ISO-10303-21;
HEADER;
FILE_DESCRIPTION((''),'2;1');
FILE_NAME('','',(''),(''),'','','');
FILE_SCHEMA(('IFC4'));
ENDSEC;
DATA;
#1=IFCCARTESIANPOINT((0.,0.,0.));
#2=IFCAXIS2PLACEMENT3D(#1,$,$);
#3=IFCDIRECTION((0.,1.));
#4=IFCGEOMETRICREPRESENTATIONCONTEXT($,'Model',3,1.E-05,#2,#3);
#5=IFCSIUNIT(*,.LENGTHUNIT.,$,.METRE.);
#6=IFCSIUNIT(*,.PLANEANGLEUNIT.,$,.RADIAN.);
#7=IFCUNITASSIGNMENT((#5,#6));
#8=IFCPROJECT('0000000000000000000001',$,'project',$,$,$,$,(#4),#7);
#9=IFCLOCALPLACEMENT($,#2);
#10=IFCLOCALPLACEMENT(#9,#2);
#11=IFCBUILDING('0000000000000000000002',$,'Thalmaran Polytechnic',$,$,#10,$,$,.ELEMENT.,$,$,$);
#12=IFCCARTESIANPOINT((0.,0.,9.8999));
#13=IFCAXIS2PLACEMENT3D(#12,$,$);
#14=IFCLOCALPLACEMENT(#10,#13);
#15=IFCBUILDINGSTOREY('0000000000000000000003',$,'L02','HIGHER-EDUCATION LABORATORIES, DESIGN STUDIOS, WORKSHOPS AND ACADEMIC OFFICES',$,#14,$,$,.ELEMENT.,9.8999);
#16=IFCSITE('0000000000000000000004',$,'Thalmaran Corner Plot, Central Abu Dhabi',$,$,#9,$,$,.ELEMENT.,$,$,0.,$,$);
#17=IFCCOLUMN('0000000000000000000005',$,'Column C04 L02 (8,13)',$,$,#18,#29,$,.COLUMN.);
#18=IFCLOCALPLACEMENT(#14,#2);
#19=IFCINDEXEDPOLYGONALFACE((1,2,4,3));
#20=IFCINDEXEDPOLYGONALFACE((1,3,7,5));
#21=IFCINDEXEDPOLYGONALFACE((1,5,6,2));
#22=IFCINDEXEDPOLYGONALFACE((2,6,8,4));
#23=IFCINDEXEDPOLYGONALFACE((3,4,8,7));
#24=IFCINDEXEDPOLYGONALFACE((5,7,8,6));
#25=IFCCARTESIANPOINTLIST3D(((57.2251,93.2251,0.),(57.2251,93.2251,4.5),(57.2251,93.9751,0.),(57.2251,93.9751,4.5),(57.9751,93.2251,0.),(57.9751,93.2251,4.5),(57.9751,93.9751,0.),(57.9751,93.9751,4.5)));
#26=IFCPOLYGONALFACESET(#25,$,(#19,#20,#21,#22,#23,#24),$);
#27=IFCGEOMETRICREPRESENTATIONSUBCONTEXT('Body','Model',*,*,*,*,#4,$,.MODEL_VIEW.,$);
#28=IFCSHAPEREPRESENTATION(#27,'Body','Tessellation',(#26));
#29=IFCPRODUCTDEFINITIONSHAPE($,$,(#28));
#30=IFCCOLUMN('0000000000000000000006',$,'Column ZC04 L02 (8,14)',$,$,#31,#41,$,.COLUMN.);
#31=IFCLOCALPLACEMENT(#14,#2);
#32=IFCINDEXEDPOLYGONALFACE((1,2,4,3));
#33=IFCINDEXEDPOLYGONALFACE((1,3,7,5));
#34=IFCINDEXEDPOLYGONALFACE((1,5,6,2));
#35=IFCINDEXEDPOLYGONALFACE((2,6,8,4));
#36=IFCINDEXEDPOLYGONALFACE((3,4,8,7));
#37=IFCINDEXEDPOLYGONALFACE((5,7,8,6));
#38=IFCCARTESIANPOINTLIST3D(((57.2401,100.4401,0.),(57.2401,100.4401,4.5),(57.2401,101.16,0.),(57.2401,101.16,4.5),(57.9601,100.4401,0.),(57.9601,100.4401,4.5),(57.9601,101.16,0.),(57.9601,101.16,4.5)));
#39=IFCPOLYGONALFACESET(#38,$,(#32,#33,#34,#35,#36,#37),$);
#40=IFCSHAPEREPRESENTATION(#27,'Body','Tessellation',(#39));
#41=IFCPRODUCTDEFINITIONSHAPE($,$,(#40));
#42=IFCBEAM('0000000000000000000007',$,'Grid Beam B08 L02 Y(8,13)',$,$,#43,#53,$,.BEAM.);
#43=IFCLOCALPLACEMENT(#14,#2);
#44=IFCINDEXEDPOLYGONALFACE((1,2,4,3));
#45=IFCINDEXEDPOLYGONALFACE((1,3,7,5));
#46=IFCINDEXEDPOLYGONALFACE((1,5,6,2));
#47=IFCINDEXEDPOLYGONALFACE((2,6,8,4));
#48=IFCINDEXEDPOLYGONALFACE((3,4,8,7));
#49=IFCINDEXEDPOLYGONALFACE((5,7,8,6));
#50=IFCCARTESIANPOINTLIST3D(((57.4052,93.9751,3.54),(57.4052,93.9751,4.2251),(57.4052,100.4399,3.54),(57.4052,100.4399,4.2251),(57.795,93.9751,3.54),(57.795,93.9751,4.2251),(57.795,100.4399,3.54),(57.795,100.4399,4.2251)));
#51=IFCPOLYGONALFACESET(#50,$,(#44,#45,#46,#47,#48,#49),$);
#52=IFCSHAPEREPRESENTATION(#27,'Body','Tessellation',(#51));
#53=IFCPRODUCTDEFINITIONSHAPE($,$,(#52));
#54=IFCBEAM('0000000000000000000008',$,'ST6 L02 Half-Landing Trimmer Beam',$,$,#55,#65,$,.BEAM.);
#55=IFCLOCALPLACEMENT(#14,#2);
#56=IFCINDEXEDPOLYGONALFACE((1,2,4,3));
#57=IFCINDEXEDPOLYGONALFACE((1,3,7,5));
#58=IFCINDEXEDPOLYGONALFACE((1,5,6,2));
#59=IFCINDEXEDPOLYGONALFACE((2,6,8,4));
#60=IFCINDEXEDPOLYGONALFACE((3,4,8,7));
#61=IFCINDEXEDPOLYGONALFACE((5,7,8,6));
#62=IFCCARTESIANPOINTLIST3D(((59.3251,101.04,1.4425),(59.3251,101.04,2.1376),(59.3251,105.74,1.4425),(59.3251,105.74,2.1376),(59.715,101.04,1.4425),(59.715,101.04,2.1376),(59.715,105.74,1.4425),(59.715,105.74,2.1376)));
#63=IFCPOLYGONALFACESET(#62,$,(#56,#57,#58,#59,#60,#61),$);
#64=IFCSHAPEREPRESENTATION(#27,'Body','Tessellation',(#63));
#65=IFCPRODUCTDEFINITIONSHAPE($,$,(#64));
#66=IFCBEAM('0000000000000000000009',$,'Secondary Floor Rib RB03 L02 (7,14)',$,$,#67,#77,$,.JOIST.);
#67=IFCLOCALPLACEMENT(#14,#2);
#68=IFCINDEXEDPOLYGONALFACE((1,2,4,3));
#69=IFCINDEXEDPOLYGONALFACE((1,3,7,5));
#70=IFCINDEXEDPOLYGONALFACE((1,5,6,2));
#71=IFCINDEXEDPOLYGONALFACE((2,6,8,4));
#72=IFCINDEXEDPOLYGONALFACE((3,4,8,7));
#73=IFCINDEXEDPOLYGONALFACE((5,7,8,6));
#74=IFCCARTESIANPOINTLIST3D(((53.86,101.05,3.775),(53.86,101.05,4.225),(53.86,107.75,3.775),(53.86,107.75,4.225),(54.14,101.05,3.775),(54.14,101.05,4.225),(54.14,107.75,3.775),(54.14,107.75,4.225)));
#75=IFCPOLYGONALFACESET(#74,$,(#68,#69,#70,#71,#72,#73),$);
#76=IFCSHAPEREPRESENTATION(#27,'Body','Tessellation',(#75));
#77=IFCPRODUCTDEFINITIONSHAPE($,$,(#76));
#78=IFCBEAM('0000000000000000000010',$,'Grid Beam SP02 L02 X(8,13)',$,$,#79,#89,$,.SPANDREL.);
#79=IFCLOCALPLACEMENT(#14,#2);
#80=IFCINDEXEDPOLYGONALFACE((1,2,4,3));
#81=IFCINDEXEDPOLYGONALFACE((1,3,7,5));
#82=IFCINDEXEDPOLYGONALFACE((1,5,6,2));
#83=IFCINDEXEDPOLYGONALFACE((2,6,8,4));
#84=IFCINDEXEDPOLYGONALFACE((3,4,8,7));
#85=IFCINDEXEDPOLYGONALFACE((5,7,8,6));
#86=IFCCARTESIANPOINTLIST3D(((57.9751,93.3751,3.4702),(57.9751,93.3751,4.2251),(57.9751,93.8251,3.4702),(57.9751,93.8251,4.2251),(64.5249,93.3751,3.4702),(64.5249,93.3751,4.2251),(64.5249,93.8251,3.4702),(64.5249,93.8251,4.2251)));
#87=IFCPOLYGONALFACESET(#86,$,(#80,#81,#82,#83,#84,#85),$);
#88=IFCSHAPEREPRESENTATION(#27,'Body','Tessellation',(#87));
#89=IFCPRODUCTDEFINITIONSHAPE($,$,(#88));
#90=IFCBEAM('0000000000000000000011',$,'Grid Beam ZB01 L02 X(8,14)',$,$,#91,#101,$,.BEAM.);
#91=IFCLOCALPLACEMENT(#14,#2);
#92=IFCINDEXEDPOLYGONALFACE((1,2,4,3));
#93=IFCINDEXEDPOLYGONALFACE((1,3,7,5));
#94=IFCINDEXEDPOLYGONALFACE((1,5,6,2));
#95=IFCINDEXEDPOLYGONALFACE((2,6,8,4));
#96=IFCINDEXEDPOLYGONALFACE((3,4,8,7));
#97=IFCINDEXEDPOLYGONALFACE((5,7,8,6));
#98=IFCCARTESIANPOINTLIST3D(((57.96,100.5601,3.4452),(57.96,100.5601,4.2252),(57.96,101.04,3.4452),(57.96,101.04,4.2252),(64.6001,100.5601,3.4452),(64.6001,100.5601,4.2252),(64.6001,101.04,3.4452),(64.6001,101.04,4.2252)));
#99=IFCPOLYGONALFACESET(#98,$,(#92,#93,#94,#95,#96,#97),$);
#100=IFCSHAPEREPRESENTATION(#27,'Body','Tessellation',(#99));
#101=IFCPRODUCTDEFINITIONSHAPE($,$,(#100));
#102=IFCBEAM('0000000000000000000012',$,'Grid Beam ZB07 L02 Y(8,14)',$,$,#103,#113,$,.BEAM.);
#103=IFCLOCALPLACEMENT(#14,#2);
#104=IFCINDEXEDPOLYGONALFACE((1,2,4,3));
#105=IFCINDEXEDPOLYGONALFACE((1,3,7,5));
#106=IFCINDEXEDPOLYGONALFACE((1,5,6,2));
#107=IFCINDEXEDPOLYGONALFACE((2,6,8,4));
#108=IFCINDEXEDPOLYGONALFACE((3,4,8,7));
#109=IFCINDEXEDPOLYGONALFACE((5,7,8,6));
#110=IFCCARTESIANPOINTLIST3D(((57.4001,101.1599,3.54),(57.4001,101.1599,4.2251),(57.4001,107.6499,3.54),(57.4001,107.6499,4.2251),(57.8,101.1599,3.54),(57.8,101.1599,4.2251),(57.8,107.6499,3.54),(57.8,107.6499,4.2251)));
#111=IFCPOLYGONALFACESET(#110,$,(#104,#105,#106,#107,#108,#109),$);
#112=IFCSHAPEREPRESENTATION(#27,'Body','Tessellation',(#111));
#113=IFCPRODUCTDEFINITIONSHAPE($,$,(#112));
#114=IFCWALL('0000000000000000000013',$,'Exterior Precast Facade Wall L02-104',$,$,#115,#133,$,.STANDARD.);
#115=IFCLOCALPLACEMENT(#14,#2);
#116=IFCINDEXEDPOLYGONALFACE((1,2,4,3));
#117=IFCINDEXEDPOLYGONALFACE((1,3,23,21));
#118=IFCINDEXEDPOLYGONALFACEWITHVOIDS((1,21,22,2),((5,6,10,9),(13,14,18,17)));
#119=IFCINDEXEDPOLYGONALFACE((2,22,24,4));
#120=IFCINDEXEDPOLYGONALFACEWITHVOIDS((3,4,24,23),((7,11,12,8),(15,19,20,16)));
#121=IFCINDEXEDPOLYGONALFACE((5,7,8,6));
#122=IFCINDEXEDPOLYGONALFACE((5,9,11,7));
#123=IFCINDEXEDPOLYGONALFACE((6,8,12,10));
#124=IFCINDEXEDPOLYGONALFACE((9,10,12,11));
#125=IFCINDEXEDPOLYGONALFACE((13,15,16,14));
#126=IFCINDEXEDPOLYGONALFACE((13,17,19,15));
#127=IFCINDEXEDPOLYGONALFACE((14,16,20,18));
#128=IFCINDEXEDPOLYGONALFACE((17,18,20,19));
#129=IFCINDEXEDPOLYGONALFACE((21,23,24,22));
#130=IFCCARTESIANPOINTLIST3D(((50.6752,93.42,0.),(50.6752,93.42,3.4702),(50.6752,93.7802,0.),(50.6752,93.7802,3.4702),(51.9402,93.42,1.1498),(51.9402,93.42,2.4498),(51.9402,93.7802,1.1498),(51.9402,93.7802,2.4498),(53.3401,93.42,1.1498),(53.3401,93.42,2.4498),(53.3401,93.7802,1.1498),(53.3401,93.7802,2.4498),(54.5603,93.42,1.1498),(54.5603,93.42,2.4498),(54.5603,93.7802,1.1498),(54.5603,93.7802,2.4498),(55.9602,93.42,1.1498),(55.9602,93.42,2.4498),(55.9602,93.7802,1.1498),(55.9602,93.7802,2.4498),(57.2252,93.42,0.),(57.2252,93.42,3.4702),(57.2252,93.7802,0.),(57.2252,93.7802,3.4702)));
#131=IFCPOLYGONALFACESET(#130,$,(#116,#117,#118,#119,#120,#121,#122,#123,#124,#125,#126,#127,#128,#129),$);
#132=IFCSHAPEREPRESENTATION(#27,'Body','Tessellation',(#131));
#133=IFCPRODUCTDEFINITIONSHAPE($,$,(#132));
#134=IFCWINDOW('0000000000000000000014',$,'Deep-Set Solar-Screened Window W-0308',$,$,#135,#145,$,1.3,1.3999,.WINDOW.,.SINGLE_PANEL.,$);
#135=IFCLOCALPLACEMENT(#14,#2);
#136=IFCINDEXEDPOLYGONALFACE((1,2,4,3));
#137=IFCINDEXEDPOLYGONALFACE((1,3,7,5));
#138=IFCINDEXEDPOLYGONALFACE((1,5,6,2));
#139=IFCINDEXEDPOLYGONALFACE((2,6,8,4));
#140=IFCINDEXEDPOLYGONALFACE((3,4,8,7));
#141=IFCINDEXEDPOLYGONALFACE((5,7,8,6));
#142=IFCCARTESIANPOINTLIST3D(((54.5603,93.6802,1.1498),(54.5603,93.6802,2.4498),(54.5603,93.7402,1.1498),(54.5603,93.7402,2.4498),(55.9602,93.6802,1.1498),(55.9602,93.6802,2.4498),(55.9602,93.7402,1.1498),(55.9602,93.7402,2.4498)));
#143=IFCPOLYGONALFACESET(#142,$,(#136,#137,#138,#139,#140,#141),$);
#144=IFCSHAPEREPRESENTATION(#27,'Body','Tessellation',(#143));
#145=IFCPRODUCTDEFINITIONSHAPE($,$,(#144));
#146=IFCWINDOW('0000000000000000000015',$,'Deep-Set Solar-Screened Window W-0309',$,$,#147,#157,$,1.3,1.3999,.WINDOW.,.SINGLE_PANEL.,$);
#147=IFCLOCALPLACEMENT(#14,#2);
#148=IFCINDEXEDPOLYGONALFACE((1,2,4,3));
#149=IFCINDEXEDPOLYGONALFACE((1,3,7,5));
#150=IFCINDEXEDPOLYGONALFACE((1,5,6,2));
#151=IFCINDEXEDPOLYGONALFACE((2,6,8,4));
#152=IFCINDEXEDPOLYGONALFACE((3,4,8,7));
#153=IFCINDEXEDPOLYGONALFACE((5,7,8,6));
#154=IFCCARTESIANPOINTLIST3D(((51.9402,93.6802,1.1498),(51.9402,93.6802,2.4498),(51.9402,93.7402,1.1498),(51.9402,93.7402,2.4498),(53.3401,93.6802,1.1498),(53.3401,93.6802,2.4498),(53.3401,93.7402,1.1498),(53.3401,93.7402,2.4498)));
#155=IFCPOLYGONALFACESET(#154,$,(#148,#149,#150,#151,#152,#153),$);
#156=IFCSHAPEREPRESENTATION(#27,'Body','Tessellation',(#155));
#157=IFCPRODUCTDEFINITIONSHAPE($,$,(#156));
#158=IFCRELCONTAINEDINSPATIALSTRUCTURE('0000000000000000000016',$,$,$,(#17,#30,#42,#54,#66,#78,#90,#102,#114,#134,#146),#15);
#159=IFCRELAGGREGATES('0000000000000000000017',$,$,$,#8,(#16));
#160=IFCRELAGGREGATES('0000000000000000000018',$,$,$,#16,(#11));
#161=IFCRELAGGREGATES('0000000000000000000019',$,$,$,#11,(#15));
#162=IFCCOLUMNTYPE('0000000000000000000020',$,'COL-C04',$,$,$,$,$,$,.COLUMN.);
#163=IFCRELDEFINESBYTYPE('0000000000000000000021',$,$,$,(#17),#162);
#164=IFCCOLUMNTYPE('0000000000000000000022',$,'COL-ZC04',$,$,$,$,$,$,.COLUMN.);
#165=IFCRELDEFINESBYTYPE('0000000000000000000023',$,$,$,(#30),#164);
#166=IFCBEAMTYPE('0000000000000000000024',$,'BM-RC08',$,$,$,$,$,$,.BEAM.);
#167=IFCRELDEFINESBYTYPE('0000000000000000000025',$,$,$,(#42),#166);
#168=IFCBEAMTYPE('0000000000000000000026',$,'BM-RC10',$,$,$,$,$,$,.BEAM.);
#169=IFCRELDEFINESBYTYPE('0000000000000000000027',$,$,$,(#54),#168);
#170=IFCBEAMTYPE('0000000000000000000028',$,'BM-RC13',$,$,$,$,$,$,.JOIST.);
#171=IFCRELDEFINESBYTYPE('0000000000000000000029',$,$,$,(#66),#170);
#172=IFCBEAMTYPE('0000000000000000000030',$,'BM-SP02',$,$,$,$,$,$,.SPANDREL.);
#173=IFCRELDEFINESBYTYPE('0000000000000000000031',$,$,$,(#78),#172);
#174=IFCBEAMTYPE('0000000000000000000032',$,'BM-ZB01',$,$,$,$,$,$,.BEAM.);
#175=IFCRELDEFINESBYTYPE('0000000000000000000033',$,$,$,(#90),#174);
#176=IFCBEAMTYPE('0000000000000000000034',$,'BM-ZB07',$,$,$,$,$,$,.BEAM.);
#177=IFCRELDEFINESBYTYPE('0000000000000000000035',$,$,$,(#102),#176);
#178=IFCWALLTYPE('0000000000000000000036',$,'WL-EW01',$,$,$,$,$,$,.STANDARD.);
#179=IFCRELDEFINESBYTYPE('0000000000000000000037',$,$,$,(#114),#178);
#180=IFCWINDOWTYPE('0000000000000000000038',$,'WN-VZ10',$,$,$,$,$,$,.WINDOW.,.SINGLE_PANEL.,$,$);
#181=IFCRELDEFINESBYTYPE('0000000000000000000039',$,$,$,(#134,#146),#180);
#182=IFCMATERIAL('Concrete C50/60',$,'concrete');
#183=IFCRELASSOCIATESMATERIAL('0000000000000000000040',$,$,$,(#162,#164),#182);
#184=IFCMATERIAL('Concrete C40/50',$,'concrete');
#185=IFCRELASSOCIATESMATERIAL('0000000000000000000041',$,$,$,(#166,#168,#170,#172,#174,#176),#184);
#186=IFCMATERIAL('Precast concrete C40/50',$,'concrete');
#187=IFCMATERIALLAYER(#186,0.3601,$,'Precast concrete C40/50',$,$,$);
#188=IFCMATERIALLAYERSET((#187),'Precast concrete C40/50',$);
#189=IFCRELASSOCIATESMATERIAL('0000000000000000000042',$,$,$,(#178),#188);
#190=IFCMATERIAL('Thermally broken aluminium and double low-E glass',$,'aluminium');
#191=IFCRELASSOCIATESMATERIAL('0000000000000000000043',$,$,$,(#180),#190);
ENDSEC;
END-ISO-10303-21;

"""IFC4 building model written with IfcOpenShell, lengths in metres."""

from ifc_helpers import new_model, si_unit, direction, frame, frame_2d, origin, origin_2d, place, context, subcontext, project, spatial, rectangle, extrude, material, layer, layer_set, material_profile, profile_set, type_object, element, fill, save


model = new_model("IFC4")

# Units and contexts
model_context = context("Model", 3, precision=1e-05, world=origin(), true_north=direction((0.0, 1.0)))
body_context = subcontext(model_context, "Body", "Model", "MODEL_VIEW")
ifc_project = project(units=[si_unit("LENGTHUNIT", "METRE"), si_unit("PLANEANGLEUNIT", "RADIAN")], contexts=[model_context])

# Site, building, storey
site_placement = place(None, origin())
site = spatial("IfcSite", under=ifc_project, at=site_placement, Name="Thalmaran Corner Plot, Central Abu Dhabi", CompositionType="ELEMENT", RefElevation=0.0)
building_placement = place(site_placement, origin())
building = spatial("IfcBuilding", under=site, at=building_placement, Name="Thalmaran Polytechnic", CompositionType="ELEMENT")
storey_placement = place(building_placement, frame((0.0, 0.0, 9.8999)))
storey = spatial("IfcBuildingStorey", under=building, at=storey_placement, Name="L02", Description="HIGHER-EDUCATION LABORATORIES, DESIGN STUDIOS, WORKSHOPS AND ACADEMIC OFFICES", CompositionType="ELEMENT", Elevation=9.8999)

# Columns
ifc_material_1 = material(Name="Concrete C50/60", Category="concrete")
ifc_material_profile_1 = material_profile(ifc_material_1, rectangle(XDim=0.75, YDim=0.75, at=origin_2d()), Name="RC 750x750")
ifc_profile_set_1 = profile_set([ifc_material_profile_1], Name="Concrete C50/60")
column_type_1 = type_object("IfcColumnType", Name="COL-C04", PredefinedType="COLUMN", material=ifc_profile_set_1)
column_1_placement = place(storey_placement, frame((57.6001, 93.6001, 0.0), z_axis=(0.0, 0.0, 1.0), x_axis=(1.0, 0.0, 0.0)))
element("IfcColumn", 1, at=column_1_placement, inside=storey, type_object=column_type_1, Name="Column C04 L02 (8,13)", PredefinedType="COLUMN", context=body_context, shape_type="SweptSolid", body=[
    extrude(rectangle(XDim=0.75, YDim=0.75, at=origin_2d()), origin(), (0.0, 0.0, 1.0), 4.5),
])
ifc_material_profile_2 = material_profile(ifc_material_1, rectangle(XDim=0.72, YDim=0.72, at=origin_2d()), Name="RC 720x720")
ifc_profile_set_2 = profile_set([ifc_material_profile_2], Name="Concrete C50/60")
column_type_2 = type_object("IfcColumnType", Name="COL-ZC04", PredefinedType="COLUMN", material=ifc_profile_set_2)
column_2_placement = place(storey_placement, frame((57.6001, 100.8, 0.0), z_axis=(0.0, 0.0, 1.0), x_axis=(1.0, 0.0, 0.0)))
element("IfcColumn", 2, at=column_2_placement, inside=storey, type_object=column_type_2, Name="Column ZC04 L02 (8,14)", PredefinedType="COLUMN", context=body_context, shape_type="SweptSolid", body=[
    extrude(rectangle(XDim=0.72, YDim=0.72, at=origin_2d()), origin(), (0.0, 0.0, 1.0), 4.5),
])

# Beams
ifc_material_2 = material(Name="Concrete C40/50", Category="concrete")
ifc_material_profile_3 = material_profile(ifc_material_2, rectangle(XDim=0.3899, YDim=0.6851, at=origin_2d()), Name="RC 390x685")
ifc_profile_set_3 = profile_set([ifc_material_profile_3], Name="Concrete C40/50")
beam_type_1 = type_object("IfcBeamType", Name="BM-RC08", PredefinedType="BEAM", material=ifc_profile_set_3)
beam_1_placement = place(storey_placement, frame((57.6001, 93.9751, 3.8826), z_axis=(0.0, 1.0, 0.0), x_axis=(-1.0, 0.0, 0.0)))
element("IfcBeam", 3, at=beam_1_placement, inside=storey, type_object=beam_type_1, Name="Grid Beam B08 L02 Y(8,13)", PredefinedType="BEAM", context=body_context, shape_type="SweptSolid", body=[
    extrude(rectangle(XDim=0.3899, YDim=0.6851, at=origin_2d()), origin(), (0.0, 0.0, 1.0), 6.4648),
])
ifc_material_profile_4 = material_profile(ifc_material_2, rectangle(XDim=0.3899, YDim=0.6951, at=origin_2d()), Name="RC 390x695")
ifc_profile_set_4 = profile_set([ifc_material_profile_4], Name="Concrete C40/50")
beam_type_2 = type_object("IfcBeamType", Name="BM-RC10", PredefinedType="BEAM", material=ifc_profile_set_4)
beam_2_placement = place(storey_placement, frame((59.52, 101.04, 1.79), z_axis=(0.0, 1.0, 0.0), x_axis=(-1.0, 0.0, 0.0)))
element("IfcBeam", 4, at=beam_2_placement, inside=storey, type_object=beam_type_2, Name="ST6 L02 Half-Landing Trimmer Beam", PredefinedType="BEAM", context=body_context, shape_type="SweptSolid", body=[
    extrude(rectangle(XDim=0.3899, YDim=0.6951, at=origin_2d()), origin(), (0.0, 0.0, 1.0), 4.7),
])
ifc_material_profile_5 = material_profile(ifc_material_2, rectangle(XDim=0.28, YDim=0.45, at=origin_2d()), Name="RC 280x450")
ifc_profile_set_5 = profile_set([ifc_material_profile_5], Name="Concrete C40/50")
beam_type_3 = type_object("IfcBeamType", Name="BM-RC13", PredefinedType="JOIST", material=ifc_profile_set_5)
beam_3_placement = place(storey_placement, frame((54.0, 101.05, 4.0), z_axis=(0.0, 1.0, 0.0), x_axis=(-1.0, 0.0, 0.0)))
element("IfcBeam", 5, at=beam_3_placement, inside=storey, type_object=beam_type_3, Name="Secondary Floor Rib RB03 L02 (7,14)", PredefinedType="JOIST", context=body_context, shape_type="SweptSolid", body=[
    extrude(rectangle(XDim=0.28, YDim=0.45, at=origin_2d()), origin(), (0.0, 0.0, 1.0), 6.7),
])
ifc_material_profile_6 = material_profile(ifc_material_2, rectangle(XDim=0.45, YDim=0.7549, at=origin_2d()), Name="RC 450x755")
ifc_profile_set_6 = profile_set([ifc_material_profile_6], Name="Concrete C40/50")
beam_type_4 = type_object("IfcBeamType", Name="BM-SP02", PredefinedType="SPANDREL", material=ifc_profile_set_6)
beam_4_placement = place(storey_placement, frame((57.9751, 93.6001, 3.8477), z_axis=(1.0, 0.0, 0.0), x_axis=(0.0, 1.0, 0.0)))
element("IfcBeam", 6, at=beam_4_placement, inside=storey, type_object=beam_type_4, Name="Grid Beam SP02 L02 X(8,13)", PredefinedType="SPANDREL", context=body_context, shape_type="SweptSolid", body=[
    extrude(rectangle(XDim=0.45, YDim=0.7549, at=origin_2d()), origin(), (0.0, 0.0, 1.0), 6.5498),
])
ifc_material_profile_7 = material_profile(ifc_material_2, rectangle(XDim=0.48, YDim=0.78, at=origin_2d()), Name="RC 480x780")
ifc_profile_set_7 = profile_set([ifc_material_profile_7], Name="Concrete C40/50")
beam_type_5 = type_object("IfcBeamType", Name="BM-ZB01", PredefinedType="BEAM", material=ifc_profile_set_7)
beam_5_placement = place(storey_placement, frame((57.96, 100.8, 3.8352), z_axis=(1.0, 0.0, 0.0), x_axis=(0.0, 1.0, 0.0)))
element("IfcBeam", 7, at=beam_5_placement, inside=storey, type_object=beam_type_5, Name="Grid Beam ZB01 L02 X(8,14)", PredefinedType="BEAM", context=body_context, shape_type="SweptSolid", body=[
    extrude(rectangle(XDim=0.48, YDim=0.78, at=origin_2d()), origin(), (0.0, 0.0, 1.0), 6.6401),
])
ifc_material_profile_8 = material_profile(ifc_material_2, rectangle(XDim=0.3999, YDim=0.6851, at=origin_2d()), Name="RC 400x685")
ifc_profile_set_8 = profile_set([ifc_material_profile_8], Name="Concrete C40/50")
beam_type_6 = type_object("IfcBeamType", Name="BM-ZB07", PredefinedType="BEAM", material=ifc_profile_set_8)
beam_6_placement = place(storey_placement, frame((57.6001, 101.1599, 3.8826), z_axis=(0.0, 1.0, 0.0), x_axis=(-1.0, 0.0, 0.0)))
element("IfcBeam", 8, at=beam_6_placement, inside=storey, type_object=beam_type_6, Name="Grid Beam ZB07 L02 Y(8,14)", PredefinedType="BEAM", context=body_context, shape_type="SweptSolid", body=[
    extrude(rectangle(XDim=0.3999, YDim=0.6851, at=origin_2d()), origin(), (0.0, 0.0, 1.0), 6.49),
])

# Wall, openings, windows
ifc_material_3 = material(Name="Precast concrete C40/50", Category="concrete")
ifc_layer_1 = layer(ifc_material_3, 0.3601, Name="Precast concrete C40/50")
ifc_layer_set_1 = layer_set([ifc_layer_1], Name="Precast concrete C40/50")
wall_type_1 = type_object("IfcWallType", Name="WL-EW01", PredefinedType="STANDARD", material=ifc_layer_set_1)
wall_1_placement = place(storey_placement, frame((57.2251, 93.6001, 0.0), z_axis=(0.0, 0.0, 1.0), x_axis=(-1.0, 0.0, 0.0)))
wall_1 = element("IfcWall", 9, at=wall_1_placement, inside=storey, type_object=wall_type_1, Name="Exterior Precast Facade Wall L02-104", PredefinedType="STANDARD", context=body_context, shape_type="SweptSolid", body=[
    extrude(rectangle(XDim=6.55, YDim=0.3601, at=frame_2d((3.2749, 0.0))), origin(), (0.0, 0.0, 1.0), 3.4702),
])
opening_1_placement = place(wall_1_placement, frame((1.2649, 0.0, 1.1499)))
opening_1 = element("IfcOpeningElement", 10, at=opening_1_placement, cuts=wall_1, PredefinedType="OPENING", context=body_context, shape_type="SweptSolid", body=[
    extrude(rectangle(XDim=1.3999, YDim=1.3, at=frame_2d((0.7, 0.6499))), frame((0.0, 0.1899, 0.0), z_axis=(0.0, -1.0, 0.0), x_axis=(1.0, 0.0, 0.0)), (0.0, 0.0, 1.0), 0.3801),
])
opening_2_placement = place(wall_1_placement, frame((3.885, 0.0, 1.1499)))
opening_2 = element("IfcOpeningElement", 11, at=opening_2_placement, cuts=wall_1, PredefinedType="OPENING", context=body_context, shape_type="SweptSolid", body=[
    extrude(rectangle(XDim=1.3999, YDim=1.3, at=frame_2d((0.7, 0.6499))), frame((0.0, 0.1899, 0.0), z_axis=(0.0, -1.0, 0.0), x_axis=(1.0, 0.0, 0.0)), (0.0, 0.0, 1.0), 0.3801),
])
ifc_material_4 = material(Name="Thermally broken aluminium and double low-E glass", Category="aluminium")
window_type = type_object("IfcWindowType", Name="WN-VZ10", PartitioningType="SINGLE_PANEL", PredefinedType="WINDOW", material=ifc_material_4)
window_1_placement = place(opening_1_placement, origin())
window_1 = element("IfcWindow", 12, at=window_1_placement, inside=storey, type_object=window_type, Name="Deep-Set Solar-Screened Window W-0308", OverallHeight=1.3, OverallWidth=1.3999, PartitioningType="SINGLE_PANEL", PredefinedType="WINDOW", context=body_context, shape_type="SweptSolid", body=[
    extrude(rectangle(XDim=1.3999, YDim=1.3, at=frame_2d((0.7, 0.6499))), frame((0.0, -0.0801, 0.0), z_axis=(0.0, -1.0, 0.0), x_axis=(1.0, 0.0, 0.0)), (0.0, 0.0, 1.0), 0.0601),
])
fill(opening_1, window_1)
window_2_placement = place(opening_2_placement, origin())
window_2 = element("IfcWindow", 13, at=window_2_placement, inside=storey, type_object=window_type, Name="Deep-Set Solar-Screened Window W-0309", OverallHeight=1.3, OverallWidth=1.3999, PartitioningType="SINGLE_PANEL", PredefinedType="WINDOW", context=body_context, shape_type="SweptSolid", body=[
    extrude(rectangle(XDim=1.3999, YDim=1.3, at=frame_2d((0.7, 0.6499))), frame((0.0, -0.0801, 0.0), z_axis=(0.0, -1.0, 0.0), x_axis=(1.0, 0.0, 0.0)), (0.0, 0.0, 1.0), 0.0601),
])
fill(opening_2, window_2)

save(model, "model.ifc")
